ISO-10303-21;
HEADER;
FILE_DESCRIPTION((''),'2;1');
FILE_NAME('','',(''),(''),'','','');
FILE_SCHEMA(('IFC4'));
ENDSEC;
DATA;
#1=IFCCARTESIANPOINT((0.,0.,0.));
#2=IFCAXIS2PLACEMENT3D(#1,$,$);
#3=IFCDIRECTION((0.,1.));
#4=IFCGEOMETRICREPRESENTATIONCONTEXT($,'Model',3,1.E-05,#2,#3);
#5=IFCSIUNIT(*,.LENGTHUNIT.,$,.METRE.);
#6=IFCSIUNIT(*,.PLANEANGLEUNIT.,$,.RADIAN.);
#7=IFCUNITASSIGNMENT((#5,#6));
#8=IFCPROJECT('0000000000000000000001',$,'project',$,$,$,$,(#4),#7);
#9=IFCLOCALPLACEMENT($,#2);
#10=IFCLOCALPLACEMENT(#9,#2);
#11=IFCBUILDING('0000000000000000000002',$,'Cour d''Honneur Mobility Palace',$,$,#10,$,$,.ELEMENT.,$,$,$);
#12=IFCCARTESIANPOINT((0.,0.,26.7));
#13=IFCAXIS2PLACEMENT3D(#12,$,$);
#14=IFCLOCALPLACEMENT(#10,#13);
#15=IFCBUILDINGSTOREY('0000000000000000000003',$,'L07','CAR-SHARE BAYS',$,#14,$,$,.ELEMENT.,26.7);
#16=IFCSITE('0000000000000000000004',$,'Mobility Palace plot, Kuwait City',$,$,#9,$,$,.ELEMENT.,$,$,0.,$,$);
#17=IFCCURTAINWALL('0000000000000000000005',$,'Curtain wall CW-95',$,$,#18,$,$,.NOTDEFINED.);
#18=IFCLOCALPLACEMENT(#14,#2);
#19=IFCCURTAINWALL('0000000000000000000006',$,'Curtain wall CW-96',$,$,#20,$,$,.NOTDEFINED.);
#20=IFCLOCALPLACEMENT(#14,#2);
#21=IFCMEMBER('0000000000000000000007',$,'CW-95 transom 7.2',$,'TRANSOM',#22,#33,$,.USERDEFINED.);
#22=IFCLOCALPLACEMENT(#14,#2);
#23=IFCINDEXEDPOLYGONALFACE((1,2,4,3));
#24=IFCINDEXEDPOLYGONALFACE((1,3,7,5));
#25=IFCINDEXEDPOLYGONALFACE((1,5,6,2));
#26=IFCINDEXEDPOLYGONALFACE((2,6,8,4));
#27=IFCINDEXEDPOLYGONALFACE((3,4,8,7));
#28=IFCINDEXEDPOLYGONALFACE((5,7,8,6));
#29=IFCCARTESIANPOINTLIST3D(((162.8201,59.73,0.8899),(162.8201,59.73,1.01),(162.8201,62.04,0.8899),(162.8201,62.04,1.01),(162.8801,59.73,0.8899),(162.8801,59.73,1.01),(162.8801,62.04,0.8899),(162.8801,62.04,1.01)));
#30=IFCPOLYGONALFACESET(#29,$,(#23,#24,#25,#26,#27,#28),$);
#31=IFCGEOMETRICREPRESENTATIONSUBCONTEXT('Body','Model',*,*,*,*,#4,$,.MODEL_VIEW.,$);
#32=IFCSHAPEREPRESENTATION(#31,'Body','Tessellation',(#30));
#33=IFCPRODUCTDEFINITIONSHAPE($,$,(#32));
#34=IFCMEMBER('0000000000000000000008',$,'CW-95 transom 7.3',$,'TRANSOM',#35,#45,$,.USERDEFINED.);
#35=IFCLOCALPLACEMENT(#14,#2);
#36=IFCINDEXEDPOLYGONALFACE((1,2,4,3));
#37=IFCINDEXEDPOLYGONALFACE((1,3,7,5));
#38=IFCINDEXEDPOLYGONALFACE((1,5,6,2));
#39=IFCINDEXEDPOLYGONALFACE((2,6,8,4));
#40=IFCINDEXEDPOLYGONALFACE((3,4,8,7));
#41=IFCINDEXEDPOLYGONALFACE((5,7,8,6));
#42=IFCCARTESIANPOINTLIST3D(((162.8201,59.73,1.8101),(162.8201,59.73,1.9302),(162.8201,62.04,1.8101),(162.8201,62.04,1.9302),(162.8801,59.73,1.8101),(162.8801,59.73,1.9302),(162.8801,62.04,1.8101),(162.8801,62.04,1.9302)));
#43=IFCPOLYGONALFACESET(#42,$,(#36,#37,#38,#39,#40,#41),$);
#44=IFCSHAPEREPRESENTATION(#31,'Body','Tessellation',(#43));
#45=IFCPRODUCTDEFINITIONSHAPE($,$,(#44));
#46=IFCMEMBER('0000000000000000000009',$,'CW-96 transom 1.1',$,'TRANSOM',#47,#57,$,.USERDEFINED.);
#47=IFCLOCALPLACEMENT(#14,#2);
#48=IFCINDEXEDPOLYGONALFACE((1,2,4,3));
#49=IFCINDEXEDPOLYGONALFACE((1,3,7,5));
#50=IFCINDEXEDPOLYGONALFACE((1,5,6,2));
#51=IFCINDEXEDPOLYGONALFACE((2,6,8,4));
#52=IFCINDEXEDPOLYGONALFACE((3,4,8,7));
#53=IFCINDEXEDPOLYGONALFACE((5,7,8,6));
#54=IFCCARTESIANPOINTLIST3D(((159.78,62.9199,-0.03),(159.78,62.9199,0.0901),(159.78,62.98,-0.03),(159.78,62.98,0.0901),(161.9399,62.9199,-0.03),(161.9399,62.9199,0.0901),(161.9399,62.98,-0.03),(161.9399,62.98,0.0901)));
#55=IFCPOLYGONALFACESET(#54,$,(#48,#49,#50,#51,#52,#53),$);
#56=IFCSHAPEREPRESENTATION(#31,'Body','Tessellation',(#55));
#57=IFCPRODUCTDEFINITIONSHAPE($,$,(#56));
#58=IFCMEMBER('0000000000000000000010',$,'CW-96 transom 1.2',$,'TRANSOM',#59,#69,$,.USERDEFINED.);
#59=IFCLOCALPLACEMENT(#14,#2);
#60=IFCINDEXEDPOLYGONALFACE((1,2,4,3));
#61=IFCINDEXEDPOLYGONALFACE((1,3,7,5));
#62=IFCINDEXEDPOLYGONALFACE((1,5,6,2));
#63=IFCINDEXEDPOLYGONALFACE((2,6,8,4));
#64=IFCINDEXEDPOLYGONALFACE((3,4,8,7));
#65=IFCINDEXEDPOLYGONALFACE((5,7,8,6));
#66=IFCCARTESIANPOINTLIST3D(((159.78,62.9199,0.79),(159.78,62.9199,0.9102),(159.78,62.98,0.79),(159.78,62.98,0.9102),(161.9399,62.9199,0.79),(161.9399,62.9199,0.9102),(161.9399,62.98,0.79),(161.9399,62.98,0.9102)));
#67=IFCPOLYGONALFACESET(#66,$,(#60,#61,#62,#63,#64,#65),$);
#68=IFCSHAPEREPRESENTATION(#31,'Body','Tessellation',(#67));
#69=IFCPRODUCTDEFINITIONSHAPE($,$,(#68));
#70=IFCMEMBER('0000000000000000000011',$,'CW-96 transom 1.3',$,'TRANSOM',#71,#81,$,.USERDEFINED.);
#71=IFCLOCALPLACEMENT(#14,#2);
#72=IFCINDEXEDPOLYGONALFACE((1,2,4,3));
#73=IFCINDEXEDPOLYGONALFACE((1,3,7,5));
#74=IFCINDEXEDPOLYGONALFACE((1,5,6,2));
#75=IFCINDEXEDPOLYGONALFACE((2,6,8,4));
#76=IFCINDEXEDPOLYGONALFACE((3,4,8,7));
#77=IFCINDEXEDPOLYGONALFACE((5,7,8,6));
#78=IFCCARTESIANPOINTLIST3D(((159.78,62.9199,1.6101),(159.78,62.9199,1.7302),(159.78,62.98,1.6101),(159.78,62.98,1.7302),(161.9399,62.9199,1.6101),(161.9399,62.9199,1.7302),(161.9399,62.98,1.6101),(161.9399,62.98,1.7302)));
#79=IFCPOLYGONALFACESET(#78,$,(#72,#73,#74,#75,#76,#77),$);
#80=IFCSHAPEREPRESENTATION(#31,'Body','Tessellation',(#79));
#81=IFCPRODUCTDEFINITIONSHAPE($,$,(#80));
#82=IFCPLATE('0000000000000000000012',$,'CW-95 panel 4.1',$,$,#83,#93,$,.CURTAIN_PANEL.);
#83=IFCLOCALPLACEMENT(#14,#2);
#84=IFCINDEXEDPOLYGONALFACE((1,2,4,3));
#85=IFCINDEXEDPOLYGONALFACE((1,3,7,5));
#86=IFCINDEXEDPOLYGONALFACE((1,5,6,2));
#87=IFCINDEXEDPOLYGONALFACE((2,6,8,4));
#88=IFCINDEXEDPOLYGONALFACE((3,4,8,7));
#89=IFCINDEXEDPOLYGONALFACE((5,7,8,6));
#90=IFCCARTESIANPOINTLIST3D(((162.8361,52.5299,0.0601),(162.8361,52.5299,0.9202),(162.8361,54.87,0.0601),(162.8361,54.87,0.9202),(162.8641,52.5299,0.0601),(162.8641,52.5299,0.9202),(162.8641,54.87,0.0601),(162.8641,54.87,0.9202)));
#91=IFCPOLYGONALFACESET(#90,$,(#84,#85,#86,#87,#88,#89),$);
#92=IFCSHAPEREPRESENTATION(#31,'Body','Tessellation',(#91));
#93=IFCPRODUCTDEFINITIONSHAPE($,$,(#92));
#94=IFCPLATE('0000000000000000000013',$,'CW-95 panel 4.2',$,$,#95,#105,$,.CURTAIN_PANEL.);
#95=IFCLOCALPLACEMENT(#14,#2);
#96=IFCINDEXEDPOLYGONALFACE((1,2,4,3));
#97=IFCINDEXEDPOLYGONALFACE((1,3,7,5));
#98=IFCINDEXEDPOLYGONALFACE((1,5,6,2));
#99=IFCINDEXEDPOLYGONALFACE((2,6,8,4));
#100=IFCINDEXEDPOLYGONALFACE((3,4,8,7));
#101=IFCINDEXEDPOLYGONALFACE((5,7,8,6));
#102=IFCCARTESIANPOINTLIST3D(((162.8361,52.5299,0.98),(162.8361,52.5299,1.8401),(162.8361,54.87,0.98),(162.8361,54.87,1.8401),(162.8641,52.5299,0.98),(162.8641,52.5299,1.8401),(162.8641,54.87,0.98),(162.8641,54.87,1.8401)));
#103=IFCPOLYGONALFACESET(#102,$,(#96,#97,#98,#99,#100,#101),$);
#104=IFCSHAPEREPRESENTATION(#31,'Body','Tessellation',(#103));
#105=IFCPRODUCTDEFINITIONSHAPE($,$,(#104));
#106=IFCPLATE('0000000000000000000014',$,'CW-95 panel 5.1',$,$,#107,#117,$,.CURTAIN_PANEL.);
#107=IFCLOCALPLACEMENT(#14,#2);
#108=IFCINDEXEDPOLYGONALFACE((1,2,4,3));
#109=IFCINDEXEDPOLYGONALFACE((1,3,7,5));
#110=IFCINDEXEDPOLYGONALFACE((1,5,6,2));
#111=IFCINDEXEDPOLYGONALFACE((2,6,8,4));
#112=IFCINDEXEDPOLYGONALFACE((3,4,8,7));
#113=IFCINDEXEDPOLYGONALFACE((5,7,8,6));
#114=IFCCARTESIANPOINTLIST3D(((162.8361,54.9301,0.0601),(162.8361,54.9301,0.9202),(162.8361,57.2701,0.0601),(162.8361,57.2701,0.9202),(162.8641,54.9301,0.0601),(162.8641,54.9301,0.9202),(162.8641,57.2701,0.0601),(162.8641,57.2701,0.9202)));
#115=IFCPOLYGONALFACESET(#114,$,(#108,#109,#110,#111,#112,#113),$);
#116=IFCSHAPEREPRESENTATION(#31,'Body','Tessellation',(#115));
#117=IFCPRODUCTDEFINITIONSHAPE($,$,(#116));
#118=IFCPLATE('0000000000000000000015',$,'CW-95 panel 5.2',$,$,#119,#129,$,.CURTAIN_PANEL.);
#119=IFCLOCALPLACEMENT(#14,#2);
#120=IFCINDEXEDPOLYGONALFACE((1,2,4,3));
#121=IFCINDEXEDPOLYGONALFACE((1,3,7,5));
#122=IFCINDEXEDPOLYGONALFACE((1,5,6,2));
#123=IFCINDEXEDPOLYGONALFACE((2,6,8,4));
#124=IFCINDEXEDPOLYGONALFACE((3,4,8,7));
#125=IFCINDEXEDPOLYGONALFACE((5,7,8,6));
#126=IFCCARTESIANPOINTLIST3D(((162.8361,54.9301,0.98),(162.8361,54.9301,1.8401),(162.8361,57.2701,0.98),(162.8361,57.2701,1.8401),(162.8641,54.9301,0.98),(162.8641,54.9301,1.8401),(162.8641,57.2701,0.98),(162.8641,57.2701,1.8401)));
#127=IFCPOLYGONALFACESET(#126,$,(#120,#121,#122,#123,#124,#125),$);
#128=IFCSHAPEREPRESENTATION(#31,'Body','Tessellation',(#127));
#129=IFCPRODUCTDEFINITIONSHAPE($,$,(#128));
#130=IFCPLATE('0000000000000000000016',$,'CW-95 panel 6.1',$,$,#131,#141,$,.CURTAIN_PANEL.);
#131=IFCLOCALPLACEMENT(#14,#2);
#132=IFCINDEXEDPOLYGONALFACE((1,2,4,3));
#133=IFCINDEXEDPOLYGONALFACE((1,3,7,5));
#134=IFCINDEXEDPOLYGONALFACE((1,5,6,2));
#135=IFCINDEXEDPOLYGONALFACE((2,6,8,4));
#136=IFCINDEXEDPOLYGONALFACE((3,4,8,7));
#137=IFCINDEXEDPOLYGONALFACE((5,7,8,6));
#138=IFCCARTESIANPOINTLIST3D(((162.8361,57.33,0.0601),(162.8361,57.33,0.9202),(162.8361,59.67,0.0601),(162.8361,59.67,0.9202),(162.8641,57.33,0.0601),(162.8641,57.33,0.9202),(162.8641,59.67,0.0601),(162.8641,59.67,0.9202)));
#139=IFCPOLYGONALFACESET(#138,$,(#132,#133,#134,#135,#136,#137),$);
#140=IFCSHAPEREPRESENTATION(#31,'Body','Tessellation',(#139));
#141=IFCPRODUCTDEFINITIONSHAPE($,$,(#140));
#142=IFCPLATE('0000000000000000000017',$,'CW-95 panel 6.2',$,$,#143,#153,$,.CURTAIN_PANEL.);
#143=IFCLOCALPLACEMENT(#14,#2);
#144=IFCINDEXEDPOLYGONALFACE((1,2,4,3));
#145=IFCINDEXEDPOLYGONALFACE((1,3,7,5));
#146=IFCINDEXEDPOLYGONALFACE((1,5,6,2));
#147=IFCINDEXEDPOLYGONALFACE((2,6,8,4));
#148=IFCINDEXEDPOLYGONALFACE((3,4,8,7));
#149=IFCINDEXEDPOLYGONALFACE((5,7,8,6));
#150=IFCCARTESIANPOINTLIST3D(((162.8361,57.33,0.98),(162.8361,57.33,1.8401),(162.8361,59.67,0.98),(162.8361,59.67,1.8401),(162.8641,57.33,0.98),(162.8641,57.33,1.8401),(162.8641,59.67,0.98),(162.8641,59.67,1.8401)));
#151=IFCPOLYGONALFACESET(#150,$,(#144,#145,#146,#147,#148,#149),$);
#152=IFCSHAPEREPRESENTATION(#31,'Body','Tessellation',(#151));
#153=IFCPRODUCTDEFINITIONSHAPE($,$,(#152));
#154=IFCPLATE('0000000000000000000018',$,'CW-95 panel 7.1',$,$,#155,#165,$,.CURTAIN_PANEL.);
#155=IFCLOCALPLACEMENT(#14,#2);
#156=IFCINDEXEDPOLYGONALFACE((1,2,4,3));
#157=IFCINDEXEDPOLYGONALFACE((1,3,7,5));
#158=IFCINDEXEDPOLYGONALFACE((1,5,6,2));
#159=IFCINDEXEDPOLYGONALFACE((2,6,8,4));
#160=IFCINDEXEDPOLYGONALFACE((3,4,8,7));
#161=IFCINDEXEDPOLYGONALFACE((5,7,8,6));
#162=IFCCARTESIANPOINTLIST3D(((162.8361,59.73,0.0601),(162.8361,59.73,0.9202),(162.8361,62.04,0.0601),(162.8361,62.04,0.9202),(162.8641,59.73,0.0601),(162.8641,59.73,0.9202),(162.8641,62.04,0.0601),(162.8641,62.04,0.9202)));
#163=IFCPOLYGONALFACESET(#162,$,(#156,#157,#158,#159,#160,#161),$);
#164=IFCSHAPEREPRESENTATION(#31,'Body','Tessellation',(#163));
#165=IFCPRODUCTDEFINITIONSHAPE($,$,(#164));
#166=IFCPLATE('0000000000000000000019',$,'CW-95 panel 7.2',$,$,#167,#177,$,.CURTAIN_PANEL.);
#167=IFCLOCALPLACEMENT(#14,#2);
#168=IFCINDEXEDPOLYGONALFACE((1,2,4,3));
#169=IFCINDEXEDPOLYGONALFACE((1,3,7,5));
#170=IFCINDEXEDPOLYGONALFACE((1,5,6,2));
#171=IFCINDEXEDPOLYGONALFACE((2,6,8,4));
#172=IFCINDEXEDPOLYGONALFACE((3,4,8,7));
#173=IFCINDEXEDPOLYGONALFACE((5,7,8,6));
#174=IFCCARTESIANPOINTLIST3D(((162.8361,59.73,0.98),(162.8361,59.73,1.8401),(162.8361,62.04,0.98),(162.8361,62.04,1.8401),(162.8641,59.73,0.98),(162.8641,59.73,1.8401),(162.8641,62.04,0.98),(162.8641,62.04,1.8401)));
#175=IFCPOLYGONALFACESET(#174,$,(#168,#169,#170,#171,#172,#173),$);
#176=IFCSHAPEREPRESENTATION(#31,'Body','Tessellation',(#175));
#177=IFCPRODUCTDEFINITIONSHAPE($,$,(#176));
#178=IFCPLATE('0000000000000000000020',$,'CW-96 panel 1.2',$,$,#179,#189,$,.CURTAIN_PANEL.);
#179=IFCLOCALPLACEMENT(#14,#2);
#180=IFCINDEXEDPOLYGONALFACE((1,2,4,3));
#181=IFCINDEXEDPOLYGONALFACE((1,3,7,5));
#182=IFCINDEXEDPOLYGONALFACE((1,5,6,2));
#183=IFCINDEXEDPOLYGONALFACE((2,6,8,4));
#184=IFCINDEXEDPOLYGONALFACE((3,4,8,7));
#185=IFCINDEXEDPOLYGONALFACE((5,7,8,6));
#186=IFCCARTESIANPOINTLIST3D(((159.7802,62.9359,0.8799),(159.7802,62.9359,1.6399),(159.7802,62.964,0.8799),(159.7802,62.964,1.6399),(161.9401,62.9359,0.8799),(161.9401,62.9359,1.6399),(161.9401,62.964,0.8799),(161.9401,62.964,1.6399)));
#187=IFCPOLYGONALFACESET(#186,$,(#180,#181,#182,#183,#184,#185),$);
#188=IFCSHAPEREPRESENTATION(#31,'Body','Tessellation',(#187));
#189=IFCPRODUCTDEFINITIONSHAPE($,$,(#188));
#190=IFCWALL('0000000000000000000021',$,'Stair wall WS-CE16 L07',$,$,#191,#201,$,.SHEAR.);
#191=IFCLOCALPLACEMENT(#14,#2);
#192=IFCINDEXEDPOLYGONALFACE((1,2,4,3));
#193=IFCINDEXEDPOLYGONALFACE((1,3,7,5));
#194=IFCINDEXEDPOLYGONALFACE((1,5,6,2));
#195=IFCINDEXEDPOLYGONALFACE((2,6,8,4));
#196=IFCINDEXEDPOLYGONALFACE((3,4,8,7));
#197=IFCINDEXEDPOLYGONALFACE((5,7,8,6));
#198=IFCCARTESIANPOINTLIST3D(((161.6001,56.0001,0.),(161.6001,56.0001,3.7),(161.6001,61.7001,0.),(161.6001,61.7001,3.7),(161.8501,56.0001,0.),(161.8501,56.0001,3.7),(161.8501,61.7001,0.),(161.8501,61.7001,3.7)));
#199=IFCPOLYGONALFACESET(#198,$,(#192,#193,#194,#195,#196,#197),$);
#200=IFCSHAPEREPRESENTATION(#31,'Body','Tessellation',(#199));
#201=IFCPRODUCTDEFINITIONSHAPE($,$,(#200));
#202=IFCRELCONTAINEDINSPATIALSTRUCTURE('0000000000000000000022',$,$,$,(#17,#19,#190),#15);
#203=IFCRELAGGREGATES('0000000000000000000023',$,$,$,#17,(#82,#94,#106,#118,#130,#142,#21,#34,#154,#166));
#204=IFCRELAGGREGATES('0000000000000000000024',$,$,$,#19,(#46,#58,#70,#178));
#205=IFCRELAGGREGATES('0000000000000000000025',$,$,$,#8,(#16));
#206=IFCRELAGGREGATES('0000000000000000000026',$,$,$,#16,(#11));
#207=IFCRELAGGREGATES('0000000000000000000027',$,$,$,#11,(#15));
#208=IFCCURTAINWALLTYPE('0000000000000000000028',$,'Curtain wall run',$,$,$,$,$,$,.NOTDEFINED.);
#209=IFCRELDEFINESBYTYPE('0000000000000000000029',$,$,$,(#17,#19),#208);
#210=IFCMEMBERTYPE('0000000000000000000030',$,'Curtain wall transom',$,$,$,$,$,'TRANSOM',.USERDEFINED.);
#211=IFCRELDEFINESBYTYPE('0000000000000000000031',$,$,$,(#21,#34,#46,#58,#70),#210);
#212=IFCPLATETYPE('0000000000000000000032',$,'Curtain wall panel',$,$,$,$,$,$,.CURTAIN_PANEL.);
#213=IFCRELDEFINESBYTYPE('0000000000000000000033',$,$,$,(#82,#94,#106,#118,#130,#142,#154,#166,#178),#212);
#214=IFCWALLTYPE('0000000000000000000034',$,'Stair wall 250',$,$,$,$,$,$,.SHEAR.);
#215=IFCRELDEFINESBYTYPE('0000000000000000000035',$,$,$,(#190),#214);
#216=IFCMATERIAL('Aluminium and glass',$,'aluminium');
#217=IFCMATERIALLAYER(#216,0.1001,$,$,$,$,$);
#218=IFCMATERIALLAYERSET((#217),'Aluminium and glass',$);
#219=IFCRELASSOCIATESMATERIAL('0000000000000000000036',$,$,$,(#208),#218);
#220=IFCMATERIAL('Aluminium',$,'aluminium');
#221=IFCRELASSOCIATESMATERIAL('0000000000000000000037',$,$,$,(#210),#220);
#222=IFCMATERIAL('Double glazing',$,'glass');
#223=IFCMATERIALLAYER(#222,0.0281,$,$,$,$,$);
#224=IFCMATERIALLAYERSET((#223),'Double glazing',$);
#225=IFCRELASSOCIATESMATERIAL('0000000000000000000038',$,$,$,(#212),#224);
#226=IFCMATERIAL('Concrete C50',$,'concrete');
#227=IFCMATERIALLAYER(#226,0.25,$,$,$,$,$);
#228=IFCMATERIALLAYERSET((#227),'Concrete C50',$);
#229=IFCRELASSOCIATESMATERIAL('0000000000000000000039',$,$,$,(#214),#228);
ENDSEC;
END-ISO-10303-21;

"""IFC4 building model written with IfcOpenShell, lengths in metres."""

from ifc_helpers import new_model, si_unit, direction, frame, frame_2d, origin, origin_2d, place, context, subcontext, project, spatial, rectangle, extrude, material, layer, layer_set, material_profile, profile_set, type_object, element, aggregate, save


model = new_model("IFC4")

# Units and contexts
model_context = context("Model", 3, precision=1e-05, world=origin(), true_north=direction((0.0, 1.0)))
body_context = subcontext(model_context, "Body", "Model", "MODEL_VIEW")
ifc_project = project(units=[si_unit("LENGTHUNIT", "METRE"), si_unit("PLANEANGLEUNIT", "RADIAN")], contexts=[model_context])

# Site, building, storey
site_placement = place(None, origin())
site = spatial("IfcSite", under=ifc_project, at=site_placement, Name="Mobility Palace plot, Kuwait City", CompositionType="ELEMENT", RefElevation=0.0)
building_placement = place(site_placement, origin())
building = spatial("IfcBuilding", under=site, at=building_placement, Name="Cour d'Honneur Mobility Palace", CompositionType="ELEMENT")
storey_placement = place(building_placement, frame((0.0, 0.0, 26.7)))
storey = spatial("IfcBuildingStorey", under=building, at=storey_placement, Name="L07", Description="CAR-SHARE BAYS", CompositionType="ELEMENT", Elevation=26.7)

# Curtain wall
ifc_material_1 = material(Name="Aluminium and glass", Category="aluminium")
ifc_layer_1 = layer(ifc_material_1, 0.1001)
ifc_layer_set_1 = layer_set([ifc_layer_1], Name="Aluminium and glass")
curtain_wall_type = type_object("IfcCurtainWallType", Name="Curtain wall run", PredefinedType="NOTDEFINED", material=ifc_layer_set_1)
curtain_wall_1_placement = place(storey_placement, origin())
curtain_wall_1 = element("IfcCurtainWall", 1, at=curtain_wall_1_placement, inside=storey, type_object=curtain_wall_type, Name="Curtain wall CW-95", PredefinedType="NOTDEFINED")

# Curtain wall
curtain_wall_2_placement = place(storey_placement, origin())
curtain_wall_2 = element("IfcCurtainWall", 2, at=curtain_wall_2_placement, inside=storey, type_object=curtain_wall_type, Name="Curtain wall CW-96", PredefinedType="NOTDEFINED")

# Members
ifc_material_2 = material(Name="Aluminium", Category="aluminium")
ifc_material_profile_1 = material_profile(ifc_material_2, rectangle(XDim=0.0601, YDim=0.1201, at=origin_2d()), Name="Curtain wall transom")
ifc_profile_set_1 = profile_set([ifc_material_profile_1], Name="Aluminium")
member_type_1 = type_object("IfcMemberType", Name="Curtain wall transom", ElementType="TRANSOM", PredefinedType="USERDEFINED", material=ifc_profile_set_1)
member_1_placement = place(storey_placement, frame((162.8501, 59.73, 0.95), z_axis=(0.0, 1.0, 0.0), x_axis=(-1.0, 0.0, 0.0)))
member_1 = element("IfcMember", 3, at=member_1_placement, type_object=member_type_1, Name="CW-95 transom 7.2", ObjectType="TRANSOM", PredefinedType="USERDEFINED", context=body_context, shape_type="SweptSolid", body=[
    extrude(rectangle(XDim=0.0601, YDim=0.1201, at=origin_2d()), origin(), (0.0, 0.0, 1.0), 2.3101),
])
member_2_placement = place(storey_placement, frame((162.8501, 59.73, 1.8701), z_axis=(0.0, 1.0, 0.0), x_axis=(-1.0, 0.0, 0.0)))
member_2 = element("IfcMember", 4, at=member_2_placement, type_object=member_type_1, Name="CW-95 transom 7.3", ObjectType="TRANSOM", PredefinedType="USERDEFINED", context=body_context, shape_type="SweptSolid", body=[
    extrude(rectangle(XDim=0.0601, YDim=0.1201, at=origin_2d()), origin(), (0.0, 0.0, 1.0), 2.3101),
])
member_3_placement = place(storey_placement, frame((161.9399, 62.95, 0.03), z_axis=(-1.0, 0.0, 0.0), x_axis=(0.0, -1.0, 0.0)))
member_3 = element("IfcMember", 5, at=member_3_placement, type_object=member_type_1, Name="CW-96 transom 1.1", ObjectType="TRANSOM", PredefinedType="USERDEFINED", context=body_context, shape_type="SweptSolid", body=[
    extrude(rectangle(XDim=0.0601, YDim=0.1201, at=origin_2d()), origin(), (0.0, 0.0, 1.0), 2.1599),
])
member_4_placement = place(storey_placement, frame((161.9399, 62.95, 0.8501), z_axis=(-1.0, 0.0, 0.0), x_axis=(0.0, -1.0, 0.0)))
member_4 = element("IfcMember", 6, at=member_4_placement, type_object=member_type_1, Name="CW-96 transom 1.2", ObjectType="TRANSOM", PredefinedType="USERDEFINED", context=body_context, shape_type="SweptSolid", body=[
    extrude(rectangle(XDim=0.0601, YDim=0.1201, at=origin_2d()), origin(), (0.0, 0.0, 1.0), 2.1599),
])
member_5_placement = place(storey_placement, frame((161.9399, 62.95, 1.6702), z_axis=(-1.0, 0.0, 0.0), x_axis=(0.0, -1.0, 0.0)))
member_5 = element("IfcMember", 7, at=member_5_placement, type_object=member_type_1, Name="CW-96 transom 1.3", ObjectType="TRANSOM", PredefinedType="USERDEFINED", context=body_context, shape_type="SweptSolid", body=[
    extrude(rectangle(XDim=0.0601, YDim=0.1201, at=origin_2d()), origin(), (0.0, 0.0, 1.0), 2.1599),
])

# Plates
ifc_material_3 = material(Name="Double glazing", Category="glass")
ifc_layer_2 = layer(ifc_material_3, 0.0281)
ifc_layer_set_2 = layer_set([ifc_layer_2], Name="Double glazing")
plate_type = type_object("IfcPlateType", Name="Curtain wall panel", PredefinedType="CURTAIN_PANEL", material=ifc_layer_set_2)
plate_1_placement = place(storey_placement, frame((162.8501, 53.7, 0.0601), z_axis=(0.0, 0.0, 1.0), x_axis=(0.0, 1.0, 0.0)))
plate_1 = element("IfcPlate", 8, at=plate_1_placement, type_object=plate_type, Name="CW-95 panel 4.1", PredefinedType="CURTAIN_PANEL", context=body_context, shape_type="SweptSolid", body=[
    extrude(rectangle(XDim=2.3401, YDim=0.0281, at=origin_2d()), origin(), (0.0, 0.0, 1.0), 0.8601),
])
plate_2_placement = place(storey_placement, frame((162.8501, 53.7, 0.98), z_axis=(0.0, 0.0, 1.0), x_axis=(0.0, 1.0, 0.0)))
plate_2 = element("IfcPlate", 9, at=plate_2_placement, type_object=plate_type, Name="CW-95 panel 4.2", PredefinedType="CURTAIN_PANEL", context=body_context, shape_type="SweptSolid", body=[
    extrude(rectangle(XDim=2.3401, YDim=0.0281, at=origin_2d()), origin(), (0.0, 0.0, 1.0), 0.8601),
])
plate_3_placement = place(storey_placement, frame((162.8501, 56.1001, 0.0601), z_axis=(0.0, 0.0, 1.0), x_axis=(0.0, 1.0, 0.0)))
plate_3 = element("IfcPlate", 10, at=plate_3_placement, type_object=plate_type, Name="CW-95 panel 5.1", PredefinedType="CURTAIN_PANEL", context=body_context, shape_type="SweptSolid", body=[
    extrude(rectangle(XDim=2.3401, YDim=0.0281, at=origin_2d()), origin(), (0.0, 0.0, 1.0), 0.8601),
])
plate_4_placement = place(storey_placement, frame((162.8501, 56.1001, 0.98), z_axis=(0.0, 0.0, 1.0), x_axis=(0.0, 1.0, 0.0)))
plate_4 = element("IfcPlate", 11, at=plate_4_placement, type_object=plate_type, Name="CW-95 panel 5.2", PredefinedType="CURTAIN_PANEL", context=body_context, shape_type="SweptSolid", body=[
    extrude(rectangle(XDim=2.3401, YDim=0.0281, at=origin_2d()), origin(), (0.0, 0.0, 1.0), 0.8601),
])
plate_5_placement = place(storey_placement, frame((162.8501, 58.5, 0.0601), z_axis=(0.0, 0.0, 1.0), x_axis=(0.0, 1.0, 0.0)))
plate_5 = element("IfcPlate", 12, at=plate_5_placement, type_object=plate_type, Name="CW-95 panel 6.1", PredefinedType="CURTAIN_PANEL", context=body_context, shape_type="SweptSolid", body=[
    extrude(rectangle(XDim=2.3401, YDim=0.0281, at=origin_2d()), origin(), (0.0, 0.0, 1.0), 0.8601),
])
plate_6_placement = place(storey_placement, frame((162.8501, 58.5, 0.98), z_axis=(0.0, 0.0, 1.0), x_axis=(0.0, 1.0, 0.0)))
plate_6 = element("IfcPlate", 13, at=plate_6_placement, type_object=plate_type, Name="CW-95 panel 6.2", PredefinedType="CURTAIN_PANEL", context=body_context, shape_type="SweptSolid", body=[
    extrude(rectangle(XDim=2.3401, YDim=0.0281, at=origin_2d()), origin(), (0.0, 0.0, 1.0), 0.8601),
])
plate_7_placement = place(storey_placement, frame((162.8501, 60.885, 0.0601), z_axis=(0.0, 0.0, 1.0), x_axis=(0.0, 1.0, 0.0)))
plate_7 = element("IfcPlate", 14, at=plate_7_placement, type_object=plate_type, Name="CW-95 panel 7.1", PredefinedType="CURTAIN_PANEL", context=body_context, shape_type="SweptSolid", body=[
    extrude(rectangle(XDim=2.3101, YDim=0.0281, at=origin_2d()), origin(), (0.0, 0.0, 1.0), 0.8601),
])
plate_8_placement = place(storey_placement, frame((162.8501, 60.885, 0.98), z_axis=(0.0, 0.0, 1.0), x_axis=(0.0, 1.0, 0.0)))
plate_8 = element("IfcPlate", 15, at=plate_8_placement, type_object=plate_type, Name="CW-95 panel 7.2", PredefinedType="CURTAIN_PANEL", context=body_context, shape_type="SweptSolid", body=[
    extrude(rectangle(XDim=2.3101, YDim=0.0281, at=origin_2d()), origin(), (0.0, 0.0, 1.0), 0.8601),
])
aggregate(curtain_wall_1, [plate_1, plate_2, plate_3, plate_4, plate_5, plate_6, member_1, member_2, plate_7, plate_8])
plate_9_placement = place(storey_placement, frame((160.8601, 62.95, 0.8799), z_axis=(0.0, 0.0, 1.0), x_axis=(-1.0, 0.0, 0.0)))
plate_9 = element("IfcPlate", 16, at=plate_9_placement, type_object=plate_type, Name="CW-96 panel 1.2", PredefinedType="CURTAIN_PANEL", context=body_context, shape_type="SweptSolid", body=[
    extrude(rectangle(XDim=2.1599, YDim=0.0281, at=origin_2d()), origin(), (0.0, 0.0, 1.0), 0.76),
])
aggregate(curtain_wall_2, [member_3, member_4, member_5, plate_9])

# Wall
ifc_material_4 = material(Name="Concrete C50", Category="concrete")
ifc_layer_3 = layer(ifc_material_4, 0.25)
ifc_layer_set_3 = layer_set([ifc_layer_3], Name="Concrete C50")
wall_type = type_object("IfcWallType", Name="Stair wall 250", PredefinedType="SHEAR", material=ifc_layer_set_3)
wall_placement = place(storey_placement, frame((161.7251, 56.0, 0.0), z_axis=(0.0, 0.0, 1.0), x_axis=(0.0, 1.0, 0.0)))
element("IfcWall", 17, at=wall_placement, inside=storey, type_object=wall_type, Name="Stair wall WS-CE16 L07", PredefinedType="SHEAR", context=body_context, shape_type="SweptSolid", body=[
    extrude(rectangle(XDim=5.7, YDim=0.25, at=frame_2d((2.8501, 0.0))), origin(), (0.0, 0.0, 1.0), 3.7),
])

save(model, "model.ifc")
